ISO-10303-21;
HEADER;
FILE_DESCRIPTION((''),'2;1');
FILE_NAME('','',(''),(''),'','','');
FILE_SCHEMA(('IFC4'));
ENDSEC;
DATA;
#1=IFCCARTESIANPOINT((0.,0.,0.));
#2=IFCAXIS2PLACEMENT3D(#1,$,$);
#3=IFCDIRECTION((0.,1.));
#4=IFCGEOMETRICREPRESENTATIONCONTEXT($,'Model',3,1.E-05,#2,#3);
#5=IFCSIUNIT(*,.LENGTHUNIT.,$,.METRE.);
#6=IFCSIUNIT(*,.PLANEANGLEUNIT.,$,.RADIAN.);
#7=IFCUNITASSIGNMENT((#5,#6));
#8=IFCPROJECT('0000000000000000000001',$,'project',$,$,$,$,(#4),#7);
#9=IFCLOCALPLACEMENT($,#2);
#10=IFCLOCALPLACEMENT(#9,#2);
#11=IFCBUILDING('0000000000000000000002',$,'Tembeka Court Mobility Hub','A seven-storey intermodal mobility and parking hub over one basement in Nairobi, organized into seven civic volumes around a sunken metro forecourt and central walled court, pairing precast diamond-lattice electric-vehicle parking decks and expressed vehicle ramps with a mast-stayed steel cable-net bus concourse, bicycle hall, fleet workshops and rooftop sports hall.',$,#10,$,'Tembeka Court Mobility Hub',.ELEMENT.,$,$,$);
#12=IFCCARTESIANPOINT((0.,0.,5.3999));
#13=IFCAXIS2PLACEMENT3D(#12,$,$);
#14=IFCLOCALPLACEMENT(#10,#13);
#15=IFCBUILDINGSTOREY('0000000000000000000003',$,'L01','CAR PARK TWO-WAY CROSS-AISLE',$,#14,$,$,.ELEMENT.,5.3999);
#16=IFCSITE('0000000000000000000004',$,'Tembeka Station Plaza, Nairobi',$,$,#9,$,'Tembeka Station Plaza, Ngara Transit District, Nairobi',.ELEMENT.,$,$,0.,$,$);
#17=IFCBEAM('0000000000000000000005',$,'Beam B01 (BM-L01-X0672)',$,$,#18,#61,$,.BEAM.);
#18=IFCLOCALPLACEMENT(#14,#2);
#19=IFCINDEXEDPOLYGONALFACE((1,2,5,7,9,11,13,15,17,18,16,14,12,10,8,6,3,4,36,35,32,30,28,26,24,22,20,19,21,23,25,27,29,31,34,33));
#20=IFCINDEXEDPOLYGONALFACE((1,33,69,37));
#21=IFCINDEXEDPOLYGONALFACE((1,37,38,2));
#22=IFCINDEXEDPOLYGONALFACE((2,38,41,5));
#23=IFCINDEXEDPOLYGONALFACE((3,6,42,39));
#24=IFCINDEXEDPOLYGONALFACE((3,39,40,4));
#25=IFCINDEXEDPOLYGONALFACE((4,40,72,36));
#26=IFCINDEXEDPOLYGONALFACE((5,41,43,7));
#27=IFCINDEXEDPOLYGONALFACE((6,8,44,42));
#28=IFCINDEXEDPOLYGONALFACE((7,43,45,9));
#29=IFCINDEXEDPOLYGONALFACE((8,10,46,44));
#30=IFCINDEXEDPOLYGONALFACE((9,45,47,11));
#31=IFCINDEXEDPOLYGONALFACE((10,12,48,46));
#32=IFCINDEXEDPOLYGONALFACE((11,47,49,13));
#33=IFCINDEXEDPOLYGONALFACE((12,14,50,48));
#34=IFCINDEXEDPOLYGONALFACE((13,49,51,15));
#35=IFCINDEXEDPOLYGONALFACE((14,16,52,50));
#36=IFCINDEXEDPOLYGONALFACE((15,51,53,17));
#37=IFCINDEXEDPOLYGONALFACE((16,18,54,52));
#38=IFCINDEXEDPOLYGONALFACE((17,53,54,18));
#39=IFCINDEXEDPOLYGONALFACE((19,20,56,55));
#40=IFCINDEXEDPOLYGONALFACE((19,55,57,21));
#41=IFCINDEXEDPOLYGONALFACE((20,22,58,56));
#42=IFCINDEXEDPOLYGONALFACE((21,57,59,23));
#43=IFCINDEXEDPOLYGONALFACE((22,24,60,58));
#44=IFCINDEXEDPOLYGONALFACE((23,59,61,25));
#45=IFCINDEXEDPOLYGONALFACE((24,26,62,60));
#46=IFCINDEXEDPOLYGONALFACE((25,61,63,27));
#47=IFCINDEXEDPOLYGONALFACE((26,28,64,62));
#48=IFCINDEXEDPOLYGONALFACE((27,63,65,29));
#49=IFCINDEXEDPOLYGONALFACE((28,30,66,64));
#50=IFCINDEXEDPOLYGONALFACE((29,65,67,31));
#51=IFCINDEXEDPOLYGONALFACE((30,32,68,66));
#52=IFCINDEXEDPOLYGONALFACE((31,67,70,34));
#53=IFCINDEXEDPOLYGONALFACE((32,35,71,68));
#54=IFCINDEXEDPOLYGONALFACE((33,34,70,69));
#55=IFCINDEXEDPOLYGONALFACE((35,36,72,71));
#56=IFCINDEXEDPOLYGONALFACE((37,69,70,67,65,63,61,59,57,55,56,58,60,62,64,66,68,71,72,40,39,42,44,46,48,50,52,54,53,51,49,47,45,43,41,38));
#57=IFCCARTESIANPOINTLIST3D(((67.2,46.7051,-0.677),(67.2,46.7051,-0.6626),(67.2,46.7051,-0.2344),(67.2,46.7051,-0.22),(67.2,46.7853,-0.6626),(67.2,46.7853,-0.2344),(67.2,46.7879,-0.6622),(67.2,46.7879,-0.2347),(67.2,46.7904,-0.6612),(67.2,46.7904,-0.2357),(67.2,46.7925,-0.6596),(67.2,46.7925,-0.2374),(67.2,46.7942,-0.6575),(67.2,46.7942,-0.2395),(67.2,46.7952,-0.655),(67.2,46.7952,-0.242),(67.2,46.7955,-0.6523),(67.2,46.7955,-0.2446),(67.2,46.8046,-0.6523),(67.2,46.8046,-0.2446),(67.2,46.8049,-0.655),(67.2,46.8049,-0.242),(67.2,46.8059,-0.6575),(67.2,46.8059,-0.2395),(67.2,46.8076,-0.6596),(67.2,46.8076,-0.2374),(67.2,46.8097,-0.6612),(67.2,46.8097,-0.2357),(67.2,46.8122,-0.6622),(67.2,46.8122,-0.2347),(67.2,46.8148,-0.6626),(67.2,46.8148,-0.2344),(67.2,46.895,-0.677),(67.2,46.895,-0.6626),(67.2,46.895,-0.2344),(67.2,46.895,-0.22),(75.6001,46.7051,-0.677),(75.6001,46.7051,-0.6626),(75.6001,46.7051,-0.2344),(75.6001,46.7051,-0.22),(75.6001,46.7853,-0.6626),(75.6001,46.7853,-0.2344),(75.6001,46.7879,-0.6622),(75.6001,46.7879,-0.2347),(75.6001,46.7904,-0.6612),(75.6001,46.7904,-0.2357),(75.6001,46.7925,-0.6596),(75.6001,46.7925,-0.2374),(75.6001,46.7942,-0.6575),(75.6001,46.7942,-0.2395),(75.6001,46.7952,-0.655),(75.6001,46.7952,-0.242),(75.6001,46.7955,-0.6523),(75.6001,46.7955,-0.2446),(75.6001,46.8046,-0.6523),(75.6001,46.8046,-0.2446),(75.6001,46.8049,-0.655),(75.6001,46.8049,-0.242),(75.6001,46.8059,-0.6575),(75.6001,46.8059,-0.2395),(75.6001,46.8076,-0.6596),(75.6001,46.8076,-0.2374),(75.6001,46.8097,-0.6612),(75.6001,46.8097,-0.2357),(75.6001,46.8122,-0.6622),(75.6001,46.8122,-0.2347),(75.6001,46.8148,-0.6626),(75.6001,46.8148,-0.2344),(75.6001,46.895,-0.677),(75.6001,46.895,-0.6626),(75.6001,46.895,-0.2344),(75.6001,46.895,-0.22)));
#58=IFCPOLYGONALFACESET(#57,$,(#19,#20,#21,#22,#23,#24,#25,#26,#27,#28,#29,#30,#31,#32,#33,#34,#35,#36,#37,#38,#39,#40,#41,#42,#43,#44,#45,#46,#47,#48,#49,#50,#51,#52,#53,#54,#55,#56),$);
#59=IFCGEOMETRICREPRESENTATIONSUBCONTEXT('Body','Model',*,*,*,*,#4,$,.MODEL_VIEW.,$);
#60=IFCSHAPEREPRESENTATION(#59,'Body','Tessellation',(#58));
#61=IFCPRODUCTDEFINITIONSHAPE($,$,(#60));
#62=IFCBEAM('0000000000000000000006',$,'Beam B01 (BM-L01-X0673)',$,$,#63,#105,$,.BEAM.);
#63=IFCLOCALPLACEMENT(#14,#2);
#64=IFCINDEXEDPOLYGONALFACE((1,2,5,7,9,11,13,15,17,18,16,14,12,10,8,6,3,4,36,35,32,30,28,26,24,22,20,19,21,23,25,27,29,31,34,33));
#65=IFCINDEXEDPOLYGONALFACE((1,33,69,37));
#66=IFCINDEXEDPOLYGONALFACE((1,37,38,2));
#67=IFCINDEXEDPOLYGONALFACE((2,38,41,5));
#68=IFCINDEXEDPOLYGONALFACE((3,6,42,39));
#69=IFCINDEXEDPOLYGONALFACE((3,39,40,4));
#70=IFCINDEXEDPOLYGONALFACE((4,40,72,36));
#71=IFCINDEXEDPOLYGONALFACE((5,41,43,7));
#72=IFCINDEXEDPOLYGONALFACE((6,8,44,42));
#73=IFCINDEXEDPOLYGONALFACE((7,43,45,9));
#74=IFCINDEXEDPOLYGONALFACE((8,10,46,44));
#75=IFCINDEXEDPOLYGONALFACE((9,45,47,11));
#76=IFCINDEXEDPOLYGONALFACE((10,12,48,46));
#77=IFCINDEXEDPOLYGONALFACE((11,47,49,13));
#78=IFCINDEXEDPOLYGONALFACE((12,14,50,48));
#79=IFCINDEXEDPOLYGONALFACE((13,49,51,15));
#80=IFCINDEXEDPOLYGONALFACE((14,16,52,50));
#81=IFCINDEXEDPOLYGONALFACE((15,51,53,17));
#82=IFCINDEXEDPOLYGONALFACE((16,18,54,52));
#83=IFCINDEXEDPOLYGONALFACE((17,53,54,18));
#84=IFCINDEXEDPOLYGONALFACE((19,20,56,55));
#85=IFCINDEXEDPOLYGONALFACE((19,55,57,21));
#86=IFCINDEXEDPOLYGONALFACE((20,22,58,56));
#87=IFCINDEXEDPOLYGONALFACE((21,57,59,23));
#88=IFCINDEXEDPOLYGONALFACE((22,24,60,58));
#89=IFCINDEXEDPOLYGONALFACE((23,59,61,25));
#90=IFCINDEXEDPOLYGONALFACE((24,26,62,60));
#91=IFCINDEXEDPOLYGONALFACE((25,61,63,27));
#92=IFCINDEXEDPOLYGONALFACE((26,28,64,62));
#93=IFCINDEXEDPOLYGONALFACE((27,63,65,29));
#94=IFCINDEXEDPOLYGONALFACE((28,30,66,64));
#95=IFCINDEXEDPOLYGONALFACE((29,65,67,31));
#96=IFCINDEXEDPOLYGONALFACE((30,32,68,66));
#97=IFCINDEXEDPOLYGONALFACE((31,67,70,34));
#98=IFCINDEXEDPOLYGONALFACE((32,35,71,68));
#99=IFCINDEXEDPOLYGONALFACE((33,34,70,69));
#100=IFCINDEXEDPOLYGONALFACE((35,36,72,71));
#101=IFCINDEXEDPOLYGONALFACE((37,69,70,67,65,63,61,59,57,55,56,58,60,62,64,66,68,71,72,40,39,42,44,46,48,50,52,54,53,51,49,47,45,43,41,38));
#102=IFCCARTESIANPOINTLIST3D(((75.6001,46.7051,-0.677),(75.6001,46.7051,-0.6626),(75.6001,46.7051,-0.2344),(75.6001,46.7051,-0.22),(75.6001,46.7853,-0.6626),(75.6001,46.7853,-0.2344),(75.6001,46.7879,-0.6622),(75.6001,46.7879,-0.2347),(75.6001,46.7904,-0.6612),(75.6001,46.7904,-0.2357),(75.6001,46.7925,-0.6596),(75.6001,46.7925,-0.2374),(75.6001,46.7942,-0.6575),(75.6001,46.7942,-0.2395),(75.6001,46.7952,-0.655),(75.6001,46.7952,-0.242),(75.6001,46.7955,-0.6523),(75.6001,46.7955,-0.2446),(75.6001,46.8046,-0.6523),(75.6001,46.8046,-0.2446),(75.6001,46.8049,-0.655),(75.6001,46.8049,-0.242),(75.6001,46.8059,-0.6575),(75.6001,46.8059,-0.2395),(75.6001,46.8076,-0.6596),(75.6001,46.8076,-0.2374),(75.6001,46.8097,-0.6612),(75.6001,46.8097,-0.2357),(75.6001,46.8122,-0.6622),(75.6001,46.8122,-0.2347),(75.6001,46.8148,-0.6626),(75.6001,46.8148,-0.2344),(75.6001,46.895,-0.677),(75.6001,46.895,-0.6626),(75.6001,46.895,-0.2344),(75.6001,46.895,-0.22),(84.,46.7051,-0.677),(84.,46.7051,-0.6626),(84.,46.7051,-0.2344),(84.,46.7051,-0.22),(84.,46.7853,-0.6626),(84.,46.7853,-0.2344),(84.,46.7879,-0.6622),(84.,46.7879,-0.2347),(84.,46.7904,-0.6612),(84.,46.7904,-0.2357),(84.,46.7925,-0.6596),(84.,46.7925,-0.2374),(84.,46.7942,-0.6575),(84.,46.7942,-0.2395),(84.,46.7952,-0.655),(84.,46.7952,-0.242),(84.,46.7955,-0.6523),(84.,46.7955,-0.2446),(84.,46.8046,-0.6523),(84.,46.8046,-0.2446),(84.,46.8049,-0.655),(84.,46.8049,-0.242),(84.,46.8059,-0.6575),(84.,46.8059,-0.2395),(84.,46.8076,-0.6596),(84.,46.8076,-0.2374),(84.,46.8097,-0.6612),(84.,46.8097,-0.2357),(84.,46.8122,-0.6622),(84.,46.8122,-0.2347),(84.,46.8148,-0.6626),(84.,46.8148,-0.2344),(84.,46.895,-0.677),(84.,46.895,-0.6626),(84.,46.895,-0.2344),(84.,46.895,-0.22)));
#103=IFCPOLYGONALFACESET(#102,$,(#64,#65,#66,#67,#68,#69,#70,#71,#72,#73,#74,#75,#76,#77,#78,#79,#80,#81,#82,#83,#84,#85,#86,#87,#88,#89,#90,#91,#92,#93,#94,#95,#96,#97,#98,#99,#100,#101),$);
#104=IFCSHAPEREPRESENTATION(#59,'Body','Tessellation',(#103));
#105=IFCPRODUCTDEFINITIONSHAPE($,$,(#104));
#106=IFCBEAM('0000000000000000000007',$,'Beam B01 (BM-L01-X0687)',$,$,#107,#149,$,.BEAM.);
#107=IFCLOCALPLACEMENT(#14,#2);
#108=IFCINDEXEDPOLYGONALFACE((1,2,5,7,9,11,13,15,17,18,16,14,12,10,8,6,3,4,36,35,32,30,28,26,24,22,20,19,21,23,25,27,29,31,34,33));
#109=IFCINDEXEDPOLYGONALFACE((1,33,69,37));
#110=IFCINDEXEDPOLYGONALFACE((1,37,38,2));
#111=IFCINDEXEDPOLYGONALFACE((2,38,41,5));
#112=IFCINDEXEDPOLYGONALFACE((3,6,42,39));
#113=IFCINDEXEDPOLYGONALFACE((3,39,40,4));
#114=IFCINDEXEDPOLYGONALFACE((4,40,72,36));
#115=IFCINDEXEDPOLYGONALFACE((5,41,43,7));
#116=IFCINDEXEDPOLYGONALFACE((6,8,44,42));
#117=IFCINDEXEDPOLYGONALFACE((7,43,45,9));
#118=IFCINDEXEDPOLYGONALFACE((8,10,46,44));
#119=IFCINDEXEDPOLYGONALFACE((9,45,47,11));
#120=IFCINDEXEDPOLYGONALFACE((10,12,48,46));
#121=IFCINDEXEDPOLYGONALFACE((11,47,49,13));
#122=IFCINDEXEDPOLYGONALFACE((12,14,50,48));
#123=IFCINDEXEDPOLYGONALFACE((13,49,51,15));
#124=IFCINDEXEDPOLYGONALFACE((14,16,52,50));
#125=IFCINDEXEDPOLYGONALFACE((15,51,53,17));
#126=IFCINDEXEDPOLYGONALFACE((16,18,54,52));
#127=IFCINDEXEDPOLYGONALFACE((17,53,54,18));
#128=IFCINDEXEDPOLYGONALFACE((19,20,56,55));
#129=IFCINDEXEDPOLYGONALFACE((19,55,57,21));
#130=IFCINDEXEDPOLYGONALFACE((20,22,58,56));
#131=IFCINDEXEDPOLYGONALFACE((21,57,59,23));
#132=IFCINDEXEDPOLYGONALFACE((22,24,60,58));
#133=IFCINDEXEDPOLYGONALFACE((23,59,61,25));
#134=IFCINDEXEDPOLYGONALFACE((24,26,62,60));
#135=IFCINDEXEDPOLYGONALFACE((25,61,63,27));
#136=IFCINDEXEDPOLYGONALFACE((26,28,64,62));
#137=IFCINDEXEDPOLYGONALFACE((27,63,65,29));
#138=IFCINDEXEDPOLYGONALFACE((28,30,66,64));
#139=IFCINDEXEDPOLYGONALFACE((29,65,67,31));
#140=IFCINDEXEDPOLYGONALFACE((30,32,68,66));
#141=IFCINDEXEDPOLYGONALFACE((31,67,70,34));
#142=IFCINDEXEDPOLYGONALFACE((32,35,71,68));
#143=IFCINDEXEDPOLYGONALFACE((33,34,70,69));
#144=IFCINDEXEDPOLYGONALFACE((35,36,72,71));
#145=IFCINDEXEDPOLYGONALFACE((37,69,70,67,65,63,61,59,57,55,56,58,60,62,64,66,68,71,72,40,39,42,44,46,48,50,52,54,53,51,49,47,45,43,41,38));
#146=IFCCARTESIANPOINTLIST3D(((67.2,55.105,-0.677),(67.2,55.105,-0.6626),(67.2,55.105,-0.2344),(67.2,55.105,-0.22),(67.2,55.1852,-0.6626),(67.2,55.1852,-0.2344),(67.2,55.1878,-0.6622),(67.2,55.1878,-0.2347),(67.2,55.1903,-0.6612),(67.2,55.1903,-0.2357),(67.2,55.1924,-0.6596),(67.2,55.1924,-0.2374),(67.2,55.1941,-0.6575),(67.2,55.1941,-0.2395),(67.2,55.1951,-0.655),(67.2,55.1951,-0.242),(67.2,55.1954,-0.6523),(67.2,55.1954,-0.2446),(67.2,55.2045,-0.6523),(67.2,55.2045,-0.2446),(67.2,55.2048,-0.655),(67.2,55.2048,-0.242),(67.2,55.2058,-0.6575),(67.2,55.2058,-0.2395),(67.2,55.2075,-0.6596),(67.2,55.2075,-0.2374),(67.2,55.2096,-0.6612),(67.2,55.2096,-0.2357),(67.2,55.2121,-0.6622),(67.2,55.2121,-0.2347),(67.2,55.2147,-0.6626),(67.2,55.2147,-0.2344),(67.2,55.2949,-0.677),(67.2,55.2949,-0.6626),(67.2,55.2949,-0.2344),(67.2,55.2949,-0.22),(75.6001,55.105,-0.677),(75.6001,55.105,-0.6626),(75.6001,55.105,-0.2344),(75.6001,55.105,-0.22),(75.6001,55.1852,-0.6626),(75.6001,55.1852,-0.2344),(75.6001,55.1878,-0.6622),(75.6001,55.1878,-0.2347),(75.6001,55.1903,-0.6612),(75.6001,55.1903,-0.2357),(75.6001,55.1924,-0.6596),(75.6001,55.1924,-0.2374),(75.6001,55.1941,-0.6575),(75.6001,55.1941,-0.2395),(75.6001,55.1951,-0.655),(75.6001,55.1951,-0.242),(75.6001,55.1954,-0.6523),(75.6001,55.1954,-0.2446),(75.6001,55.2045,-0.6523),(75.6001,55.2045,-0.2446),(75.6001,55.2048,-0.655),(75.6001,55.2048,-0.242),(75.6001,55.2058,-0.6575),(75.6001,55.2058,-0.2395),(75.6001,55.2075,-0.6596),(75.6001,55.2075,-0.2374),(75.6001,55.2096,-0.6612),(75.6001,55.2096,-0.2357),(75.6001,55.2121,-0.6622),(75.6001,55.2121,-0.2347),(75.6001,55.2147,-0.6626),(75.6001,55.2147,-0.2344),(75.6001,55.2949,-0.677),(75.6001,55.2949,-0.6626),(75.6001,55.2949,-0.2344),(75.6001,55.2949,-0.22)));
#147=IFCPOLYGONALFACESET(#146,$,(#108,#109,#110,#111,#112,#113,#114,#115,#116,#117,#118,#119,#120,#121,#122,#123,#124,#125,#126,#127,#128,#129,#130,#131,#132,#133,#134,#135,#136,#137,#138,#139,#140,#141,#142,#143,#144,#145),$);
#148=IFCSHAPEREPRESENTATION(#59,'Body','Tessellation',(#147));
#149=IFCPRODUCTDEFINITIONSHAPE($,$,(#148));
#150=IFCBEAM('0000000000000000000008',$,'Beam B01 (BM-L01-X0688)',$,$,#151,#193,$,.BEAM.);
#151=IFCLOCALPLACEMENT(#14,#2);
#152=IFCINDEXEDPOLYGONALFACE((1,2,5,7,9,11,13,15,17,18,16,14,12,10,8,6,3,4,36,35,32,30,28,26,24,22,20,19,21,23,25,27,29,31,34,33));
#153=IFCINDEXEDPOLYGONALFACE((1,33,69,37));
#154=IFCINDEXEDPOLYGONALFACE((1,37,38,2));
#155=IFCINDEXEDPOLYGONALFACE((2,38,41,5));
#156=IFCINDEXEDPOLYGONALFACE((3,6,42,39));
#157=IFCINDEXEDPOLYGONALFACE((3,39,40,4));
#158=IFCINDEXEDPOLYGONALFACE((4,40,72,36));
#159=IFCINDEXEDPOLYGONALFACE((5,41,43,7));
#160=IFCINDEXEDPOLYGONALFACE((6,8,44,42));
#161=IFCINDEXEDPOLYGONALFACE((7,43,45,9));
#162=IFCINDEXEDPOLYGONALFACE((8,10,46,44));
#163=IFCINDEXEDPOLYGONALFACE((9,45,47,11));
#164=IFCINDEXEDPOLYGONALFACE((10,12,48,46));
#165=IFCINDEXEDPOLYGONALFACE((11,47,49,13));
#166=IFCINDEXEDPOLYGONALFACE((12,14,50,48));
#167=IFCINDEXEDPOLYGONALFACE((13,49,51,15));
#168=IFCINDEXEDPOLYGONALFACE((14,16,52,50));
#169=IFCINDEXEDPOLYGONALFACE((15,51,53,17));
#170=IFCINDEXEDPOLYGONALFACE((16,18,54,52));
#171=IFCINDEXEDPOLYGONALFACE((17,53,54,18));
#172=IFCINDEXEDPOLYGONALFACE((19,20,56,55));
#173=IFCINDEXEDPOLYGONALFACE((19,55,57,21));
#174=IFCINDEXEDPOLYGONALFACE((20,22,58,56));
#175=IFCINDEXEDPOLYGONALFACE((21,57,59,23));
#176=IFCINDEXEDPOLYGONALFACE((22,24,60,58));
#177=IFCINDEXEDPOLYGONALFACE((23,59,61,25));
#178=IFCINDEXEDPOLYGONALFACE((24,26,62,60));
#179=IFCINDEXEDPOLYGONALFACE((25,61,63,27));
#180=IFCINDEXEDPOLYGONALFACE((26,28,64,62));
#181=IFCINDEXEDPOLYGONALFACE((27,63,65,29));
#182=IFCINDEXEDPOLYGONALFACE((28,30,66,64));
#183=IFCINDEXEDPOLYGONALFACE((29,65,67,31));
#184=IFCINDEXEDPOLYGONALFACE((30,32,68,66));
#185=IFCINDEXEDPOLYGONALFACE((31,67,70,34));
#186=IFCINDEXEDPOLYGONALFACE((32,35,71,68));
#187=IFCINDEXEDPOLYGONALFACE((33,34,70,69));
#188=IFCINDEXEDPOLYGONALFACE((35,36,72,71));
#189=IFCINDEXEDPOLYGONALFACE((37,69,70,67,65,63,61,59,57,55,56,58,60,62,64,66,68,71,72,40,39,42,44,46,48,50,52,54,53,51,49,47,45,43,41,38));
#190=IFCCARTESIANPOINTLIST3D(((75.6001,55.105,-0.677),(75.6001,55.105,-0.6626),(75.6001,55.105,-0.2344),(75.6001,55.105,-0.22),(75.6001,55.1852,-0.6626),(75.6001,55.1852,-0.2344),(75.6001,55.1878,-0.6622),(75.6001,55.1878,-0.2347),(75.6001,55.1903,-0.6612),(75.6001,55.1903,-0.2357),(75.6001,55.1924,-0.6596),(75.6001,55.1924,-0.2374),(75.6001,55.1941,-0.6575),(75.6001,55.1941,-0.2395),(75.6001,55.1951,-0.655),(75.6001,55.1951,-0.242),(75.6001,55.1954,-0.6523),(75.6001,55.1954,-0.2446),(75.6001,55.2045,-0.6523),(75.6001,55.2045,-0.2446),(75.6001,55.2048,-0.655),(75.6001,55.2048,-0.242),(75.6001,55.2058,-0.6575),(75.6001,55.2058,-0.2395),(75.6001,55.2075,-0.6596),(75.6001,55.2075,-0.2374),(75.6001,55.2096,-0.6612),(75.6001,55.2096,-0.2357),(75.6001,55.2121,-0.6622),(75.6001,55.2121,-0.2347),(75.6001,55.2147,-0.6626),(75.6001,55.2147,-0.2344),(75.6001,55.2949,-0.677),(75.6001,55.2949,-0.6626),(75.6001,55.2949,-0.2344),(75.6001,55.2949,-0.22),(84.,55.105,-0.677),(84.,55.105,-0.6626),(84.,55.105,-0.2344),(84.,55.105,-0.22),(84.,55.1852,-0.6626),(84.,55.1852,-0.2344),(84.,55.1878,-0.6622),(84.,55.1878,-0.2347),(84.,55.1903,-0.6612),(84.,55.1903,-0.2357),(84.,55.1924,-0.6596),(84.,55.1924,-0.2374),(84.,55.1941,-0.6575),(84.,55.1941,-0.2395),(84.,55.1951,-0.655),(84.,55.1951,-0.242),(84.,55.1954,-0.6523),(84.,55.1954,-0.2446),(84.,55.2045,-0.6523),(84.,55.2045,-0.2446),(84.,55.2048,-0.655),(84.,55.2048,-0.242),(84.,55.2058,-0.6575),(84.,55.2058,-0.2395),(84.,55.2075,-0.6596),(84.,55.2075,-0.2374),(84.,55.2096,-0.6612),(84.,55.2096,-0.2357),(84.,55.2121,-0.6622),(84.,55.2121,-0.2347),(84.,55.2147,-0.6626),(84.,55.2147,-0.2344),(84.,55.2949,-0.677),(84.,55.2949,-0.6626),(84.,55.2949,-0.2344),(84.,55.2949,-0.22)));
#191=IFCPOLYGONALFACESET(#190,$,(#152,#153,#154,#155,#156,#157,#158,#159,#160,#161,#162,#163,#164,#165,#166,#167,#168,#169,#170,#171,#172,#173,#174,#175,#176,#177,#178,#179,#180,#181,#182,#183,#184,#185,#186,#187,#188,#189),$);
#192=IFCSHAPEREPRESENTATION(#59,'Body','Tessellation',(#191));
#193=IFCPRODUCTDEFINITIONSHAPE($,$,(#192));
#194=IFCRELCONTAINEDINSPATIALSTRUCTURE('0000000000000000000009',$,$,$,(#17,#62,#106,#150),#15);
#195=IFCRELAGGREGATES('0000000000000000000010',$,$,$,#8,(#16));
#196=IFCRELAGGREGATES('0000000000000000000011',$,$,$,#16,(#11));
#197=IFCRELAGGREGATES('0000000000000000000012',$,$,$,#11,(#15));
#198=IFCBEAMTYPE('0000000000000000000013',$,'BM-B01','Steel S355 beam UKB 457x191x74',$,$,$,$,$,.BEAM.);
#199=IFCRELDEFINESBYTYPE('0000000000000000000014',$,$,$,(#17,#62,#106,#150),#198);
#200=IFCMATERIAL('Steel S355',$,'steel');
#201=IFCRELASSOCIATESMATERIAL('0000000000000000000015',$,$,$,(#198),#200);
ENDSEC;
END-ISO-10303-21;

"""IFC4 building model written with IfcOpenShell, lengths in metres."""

from ifc_helpers import new_model, si_unit, direction, frame, origin, origin_2d, place, context, subcontext, project, spatial, i_section, extrude, material, material_profile, profile_set, type_object, element, save


model = new_model("IFC4")

# Units and contexts
model_context = context("Model", 3, precision=1e-05, world=origin(), true_north=direction((0.0, 1.0)))
body_context = subcontext(model_context, "Body", "Model", "MODEL_VIEW")
ifc_project = project(units=[si_unit("LENGTHUNIT", "METRE"), si_unit("PLANEANGLEUNIT", "RADIAN")], contexts=[model_context])

# Site, building, storey
site_placement = place(None, origin())
site = spatial("IfcSite", under=ifc_project, at=site_placement, Name="Tembeka Station Plaza, Nairobi", LongName="Tembeka Station Plaza, Ngara Transit District, Nairobi", CompositionType="ELEMENT", RefElevation=0.0)
building_placement = place(site_placement, origin())
building = spatial("IfcBuilding", under=site, at=building_placement, Name="Tembeka Court Mobility Hub", Description="A seven-storey intermodal mobility and parking hub over one basement in Nairobi, organized into seven civic volumes around a sunken metro forecourt and central walled court, pairing precast diamond-lattice electric-vehicle parking decks and expressed vehicle ramps with a mast-stayed steel cable-net bus concourse, bicycle hall, fleet workshops and rooftop sports hall.", LongName="Tembeka Court Mobility Hub", CompositionType="ELEMENT")
storey_placement = place(building_placement, frame((0.0, 0.0, 5.3999)))
storey = spatial("IfcBuildingStorey", under=building, at=storey_placement, Name="L01", Description="CAR PARK TWO-WAY CROSS-AISLE", CompositionType="ELEMENT", Elevation=5.3999)

# Shared definitions
ifc_material_1 = material(Name="Steel S355", Category="steel")

# Beams
ifc_material_profile_1 = material_profile(ifc_material_1, i_section(OverallWidth=0.1899, OverallDepth=0.457, WebThickness=0.009, FlangeThickness=0.0144, FilletRadius=0.0103, at=origin_2d()), Name="UKB 457x191x74")
ifc_profile_set_1 = profile_set([ifc_material_profile_1], Name="Steel S355")
beam_type_1 = type_object("IfcBeamType", Name="BM-B01", Description="Steel S355 beam UKB 457x191x74", PredefinedType="BEAM", material=ifc_profile_set_1)
beam_1_placement = place(storey_placement, frame((67.2, 46.8, -0.4485), z_axis=(1.0, 0.0, 0.0), x_axis=(0.0, 1.0, 0.0)))
element("IfcBeam", 1, at=beam_1_placement, inside=storey, type_object=beam_type_1, Name="Beam B01 (BM-L01-X0672)", PredefinedType="BEAM", context=body_context, shape_type="SweptSolid", body=[
    extrude(i_section(OverallWidth=0.1899, OverallDepth=0.457, WebThickness=0.009, FlangeThickness=0.0144, FilletRadius=0.0103, at=origin_2d()), origin(), (0.0, 0.0, 1.0), 8.4001),
])
beam_2_placement = place(storey_placement, frame((75.6001, 46.8, -0.4485), z_axis=(1.0, 0.0, 0.0), x_axis=(0.0, 1.0, 0.0)))
element("IfcBeam", 2, at=beam_2_placement, inside=storey, type_object=beam_type_1, Name="Beam B01 (BM-L01-X0673)", PredefinedType="BEAM", context=body_context, shape_type="SweptSolid", body=[
    extrude(i_section(OverallWidth=0.1899, OverallDepth=0.457, WebThickness=0.009, FlangeThickness=0.0144, FilletRadius=0.0103, at=origin_2d()), origin(), (0.0, 0.0, 1.0), 8.3999),
])
beam_3_placement = place(storey_placement, frame((67.2, 55.2, -0.4485), z_axis=(1.0, 0.0, 0.0), x_axis=(0.0, 1.0, 0.0)))
element("IfcBeam", 3, at=beam_3_placement, inside=storey, type_object=beam_type_1, Name="Beam B01 (BM-L01-X0687)", PredefinedType="BEAM", context=body_context, shape_type="SweptSolid", body=[
    extrude(i_section(OverallWidth=0.1899, OverallDepth=0.457, WebThickness=0.009, FlangeThickness=0.0144, FilletRadius=0.0103, at=origin_2d()), origin(), (0.0, 0.0, 1.0), 8.4001),
])
beam_4_placement = place(storey_placement, frame((75.6001, 55.2, -0.4485), z_axis=(1.0, 0.0, 0.0), x_axis=(0.0, 1.0, 0.0)))
element("IfcBeam", 4, at=beam_4_placement, inside=storey, type_object=beam_type_1, Name="Beam B01 (BM-L01-X0688)", PredefinedType="BEAM", context=body_context, shape_type="SweptSolid", body=[
    extrude(i_section(OverallWidth=0.1899, OverallDepth=0.457, WebThickness=0.009, FlangeThickness=0.0144, FilletRadius=0.0103, at=origin_2d()), origin(), (0.0, 0.0, 1.0), 8.3999),
])

save(model, "model.ifc")
